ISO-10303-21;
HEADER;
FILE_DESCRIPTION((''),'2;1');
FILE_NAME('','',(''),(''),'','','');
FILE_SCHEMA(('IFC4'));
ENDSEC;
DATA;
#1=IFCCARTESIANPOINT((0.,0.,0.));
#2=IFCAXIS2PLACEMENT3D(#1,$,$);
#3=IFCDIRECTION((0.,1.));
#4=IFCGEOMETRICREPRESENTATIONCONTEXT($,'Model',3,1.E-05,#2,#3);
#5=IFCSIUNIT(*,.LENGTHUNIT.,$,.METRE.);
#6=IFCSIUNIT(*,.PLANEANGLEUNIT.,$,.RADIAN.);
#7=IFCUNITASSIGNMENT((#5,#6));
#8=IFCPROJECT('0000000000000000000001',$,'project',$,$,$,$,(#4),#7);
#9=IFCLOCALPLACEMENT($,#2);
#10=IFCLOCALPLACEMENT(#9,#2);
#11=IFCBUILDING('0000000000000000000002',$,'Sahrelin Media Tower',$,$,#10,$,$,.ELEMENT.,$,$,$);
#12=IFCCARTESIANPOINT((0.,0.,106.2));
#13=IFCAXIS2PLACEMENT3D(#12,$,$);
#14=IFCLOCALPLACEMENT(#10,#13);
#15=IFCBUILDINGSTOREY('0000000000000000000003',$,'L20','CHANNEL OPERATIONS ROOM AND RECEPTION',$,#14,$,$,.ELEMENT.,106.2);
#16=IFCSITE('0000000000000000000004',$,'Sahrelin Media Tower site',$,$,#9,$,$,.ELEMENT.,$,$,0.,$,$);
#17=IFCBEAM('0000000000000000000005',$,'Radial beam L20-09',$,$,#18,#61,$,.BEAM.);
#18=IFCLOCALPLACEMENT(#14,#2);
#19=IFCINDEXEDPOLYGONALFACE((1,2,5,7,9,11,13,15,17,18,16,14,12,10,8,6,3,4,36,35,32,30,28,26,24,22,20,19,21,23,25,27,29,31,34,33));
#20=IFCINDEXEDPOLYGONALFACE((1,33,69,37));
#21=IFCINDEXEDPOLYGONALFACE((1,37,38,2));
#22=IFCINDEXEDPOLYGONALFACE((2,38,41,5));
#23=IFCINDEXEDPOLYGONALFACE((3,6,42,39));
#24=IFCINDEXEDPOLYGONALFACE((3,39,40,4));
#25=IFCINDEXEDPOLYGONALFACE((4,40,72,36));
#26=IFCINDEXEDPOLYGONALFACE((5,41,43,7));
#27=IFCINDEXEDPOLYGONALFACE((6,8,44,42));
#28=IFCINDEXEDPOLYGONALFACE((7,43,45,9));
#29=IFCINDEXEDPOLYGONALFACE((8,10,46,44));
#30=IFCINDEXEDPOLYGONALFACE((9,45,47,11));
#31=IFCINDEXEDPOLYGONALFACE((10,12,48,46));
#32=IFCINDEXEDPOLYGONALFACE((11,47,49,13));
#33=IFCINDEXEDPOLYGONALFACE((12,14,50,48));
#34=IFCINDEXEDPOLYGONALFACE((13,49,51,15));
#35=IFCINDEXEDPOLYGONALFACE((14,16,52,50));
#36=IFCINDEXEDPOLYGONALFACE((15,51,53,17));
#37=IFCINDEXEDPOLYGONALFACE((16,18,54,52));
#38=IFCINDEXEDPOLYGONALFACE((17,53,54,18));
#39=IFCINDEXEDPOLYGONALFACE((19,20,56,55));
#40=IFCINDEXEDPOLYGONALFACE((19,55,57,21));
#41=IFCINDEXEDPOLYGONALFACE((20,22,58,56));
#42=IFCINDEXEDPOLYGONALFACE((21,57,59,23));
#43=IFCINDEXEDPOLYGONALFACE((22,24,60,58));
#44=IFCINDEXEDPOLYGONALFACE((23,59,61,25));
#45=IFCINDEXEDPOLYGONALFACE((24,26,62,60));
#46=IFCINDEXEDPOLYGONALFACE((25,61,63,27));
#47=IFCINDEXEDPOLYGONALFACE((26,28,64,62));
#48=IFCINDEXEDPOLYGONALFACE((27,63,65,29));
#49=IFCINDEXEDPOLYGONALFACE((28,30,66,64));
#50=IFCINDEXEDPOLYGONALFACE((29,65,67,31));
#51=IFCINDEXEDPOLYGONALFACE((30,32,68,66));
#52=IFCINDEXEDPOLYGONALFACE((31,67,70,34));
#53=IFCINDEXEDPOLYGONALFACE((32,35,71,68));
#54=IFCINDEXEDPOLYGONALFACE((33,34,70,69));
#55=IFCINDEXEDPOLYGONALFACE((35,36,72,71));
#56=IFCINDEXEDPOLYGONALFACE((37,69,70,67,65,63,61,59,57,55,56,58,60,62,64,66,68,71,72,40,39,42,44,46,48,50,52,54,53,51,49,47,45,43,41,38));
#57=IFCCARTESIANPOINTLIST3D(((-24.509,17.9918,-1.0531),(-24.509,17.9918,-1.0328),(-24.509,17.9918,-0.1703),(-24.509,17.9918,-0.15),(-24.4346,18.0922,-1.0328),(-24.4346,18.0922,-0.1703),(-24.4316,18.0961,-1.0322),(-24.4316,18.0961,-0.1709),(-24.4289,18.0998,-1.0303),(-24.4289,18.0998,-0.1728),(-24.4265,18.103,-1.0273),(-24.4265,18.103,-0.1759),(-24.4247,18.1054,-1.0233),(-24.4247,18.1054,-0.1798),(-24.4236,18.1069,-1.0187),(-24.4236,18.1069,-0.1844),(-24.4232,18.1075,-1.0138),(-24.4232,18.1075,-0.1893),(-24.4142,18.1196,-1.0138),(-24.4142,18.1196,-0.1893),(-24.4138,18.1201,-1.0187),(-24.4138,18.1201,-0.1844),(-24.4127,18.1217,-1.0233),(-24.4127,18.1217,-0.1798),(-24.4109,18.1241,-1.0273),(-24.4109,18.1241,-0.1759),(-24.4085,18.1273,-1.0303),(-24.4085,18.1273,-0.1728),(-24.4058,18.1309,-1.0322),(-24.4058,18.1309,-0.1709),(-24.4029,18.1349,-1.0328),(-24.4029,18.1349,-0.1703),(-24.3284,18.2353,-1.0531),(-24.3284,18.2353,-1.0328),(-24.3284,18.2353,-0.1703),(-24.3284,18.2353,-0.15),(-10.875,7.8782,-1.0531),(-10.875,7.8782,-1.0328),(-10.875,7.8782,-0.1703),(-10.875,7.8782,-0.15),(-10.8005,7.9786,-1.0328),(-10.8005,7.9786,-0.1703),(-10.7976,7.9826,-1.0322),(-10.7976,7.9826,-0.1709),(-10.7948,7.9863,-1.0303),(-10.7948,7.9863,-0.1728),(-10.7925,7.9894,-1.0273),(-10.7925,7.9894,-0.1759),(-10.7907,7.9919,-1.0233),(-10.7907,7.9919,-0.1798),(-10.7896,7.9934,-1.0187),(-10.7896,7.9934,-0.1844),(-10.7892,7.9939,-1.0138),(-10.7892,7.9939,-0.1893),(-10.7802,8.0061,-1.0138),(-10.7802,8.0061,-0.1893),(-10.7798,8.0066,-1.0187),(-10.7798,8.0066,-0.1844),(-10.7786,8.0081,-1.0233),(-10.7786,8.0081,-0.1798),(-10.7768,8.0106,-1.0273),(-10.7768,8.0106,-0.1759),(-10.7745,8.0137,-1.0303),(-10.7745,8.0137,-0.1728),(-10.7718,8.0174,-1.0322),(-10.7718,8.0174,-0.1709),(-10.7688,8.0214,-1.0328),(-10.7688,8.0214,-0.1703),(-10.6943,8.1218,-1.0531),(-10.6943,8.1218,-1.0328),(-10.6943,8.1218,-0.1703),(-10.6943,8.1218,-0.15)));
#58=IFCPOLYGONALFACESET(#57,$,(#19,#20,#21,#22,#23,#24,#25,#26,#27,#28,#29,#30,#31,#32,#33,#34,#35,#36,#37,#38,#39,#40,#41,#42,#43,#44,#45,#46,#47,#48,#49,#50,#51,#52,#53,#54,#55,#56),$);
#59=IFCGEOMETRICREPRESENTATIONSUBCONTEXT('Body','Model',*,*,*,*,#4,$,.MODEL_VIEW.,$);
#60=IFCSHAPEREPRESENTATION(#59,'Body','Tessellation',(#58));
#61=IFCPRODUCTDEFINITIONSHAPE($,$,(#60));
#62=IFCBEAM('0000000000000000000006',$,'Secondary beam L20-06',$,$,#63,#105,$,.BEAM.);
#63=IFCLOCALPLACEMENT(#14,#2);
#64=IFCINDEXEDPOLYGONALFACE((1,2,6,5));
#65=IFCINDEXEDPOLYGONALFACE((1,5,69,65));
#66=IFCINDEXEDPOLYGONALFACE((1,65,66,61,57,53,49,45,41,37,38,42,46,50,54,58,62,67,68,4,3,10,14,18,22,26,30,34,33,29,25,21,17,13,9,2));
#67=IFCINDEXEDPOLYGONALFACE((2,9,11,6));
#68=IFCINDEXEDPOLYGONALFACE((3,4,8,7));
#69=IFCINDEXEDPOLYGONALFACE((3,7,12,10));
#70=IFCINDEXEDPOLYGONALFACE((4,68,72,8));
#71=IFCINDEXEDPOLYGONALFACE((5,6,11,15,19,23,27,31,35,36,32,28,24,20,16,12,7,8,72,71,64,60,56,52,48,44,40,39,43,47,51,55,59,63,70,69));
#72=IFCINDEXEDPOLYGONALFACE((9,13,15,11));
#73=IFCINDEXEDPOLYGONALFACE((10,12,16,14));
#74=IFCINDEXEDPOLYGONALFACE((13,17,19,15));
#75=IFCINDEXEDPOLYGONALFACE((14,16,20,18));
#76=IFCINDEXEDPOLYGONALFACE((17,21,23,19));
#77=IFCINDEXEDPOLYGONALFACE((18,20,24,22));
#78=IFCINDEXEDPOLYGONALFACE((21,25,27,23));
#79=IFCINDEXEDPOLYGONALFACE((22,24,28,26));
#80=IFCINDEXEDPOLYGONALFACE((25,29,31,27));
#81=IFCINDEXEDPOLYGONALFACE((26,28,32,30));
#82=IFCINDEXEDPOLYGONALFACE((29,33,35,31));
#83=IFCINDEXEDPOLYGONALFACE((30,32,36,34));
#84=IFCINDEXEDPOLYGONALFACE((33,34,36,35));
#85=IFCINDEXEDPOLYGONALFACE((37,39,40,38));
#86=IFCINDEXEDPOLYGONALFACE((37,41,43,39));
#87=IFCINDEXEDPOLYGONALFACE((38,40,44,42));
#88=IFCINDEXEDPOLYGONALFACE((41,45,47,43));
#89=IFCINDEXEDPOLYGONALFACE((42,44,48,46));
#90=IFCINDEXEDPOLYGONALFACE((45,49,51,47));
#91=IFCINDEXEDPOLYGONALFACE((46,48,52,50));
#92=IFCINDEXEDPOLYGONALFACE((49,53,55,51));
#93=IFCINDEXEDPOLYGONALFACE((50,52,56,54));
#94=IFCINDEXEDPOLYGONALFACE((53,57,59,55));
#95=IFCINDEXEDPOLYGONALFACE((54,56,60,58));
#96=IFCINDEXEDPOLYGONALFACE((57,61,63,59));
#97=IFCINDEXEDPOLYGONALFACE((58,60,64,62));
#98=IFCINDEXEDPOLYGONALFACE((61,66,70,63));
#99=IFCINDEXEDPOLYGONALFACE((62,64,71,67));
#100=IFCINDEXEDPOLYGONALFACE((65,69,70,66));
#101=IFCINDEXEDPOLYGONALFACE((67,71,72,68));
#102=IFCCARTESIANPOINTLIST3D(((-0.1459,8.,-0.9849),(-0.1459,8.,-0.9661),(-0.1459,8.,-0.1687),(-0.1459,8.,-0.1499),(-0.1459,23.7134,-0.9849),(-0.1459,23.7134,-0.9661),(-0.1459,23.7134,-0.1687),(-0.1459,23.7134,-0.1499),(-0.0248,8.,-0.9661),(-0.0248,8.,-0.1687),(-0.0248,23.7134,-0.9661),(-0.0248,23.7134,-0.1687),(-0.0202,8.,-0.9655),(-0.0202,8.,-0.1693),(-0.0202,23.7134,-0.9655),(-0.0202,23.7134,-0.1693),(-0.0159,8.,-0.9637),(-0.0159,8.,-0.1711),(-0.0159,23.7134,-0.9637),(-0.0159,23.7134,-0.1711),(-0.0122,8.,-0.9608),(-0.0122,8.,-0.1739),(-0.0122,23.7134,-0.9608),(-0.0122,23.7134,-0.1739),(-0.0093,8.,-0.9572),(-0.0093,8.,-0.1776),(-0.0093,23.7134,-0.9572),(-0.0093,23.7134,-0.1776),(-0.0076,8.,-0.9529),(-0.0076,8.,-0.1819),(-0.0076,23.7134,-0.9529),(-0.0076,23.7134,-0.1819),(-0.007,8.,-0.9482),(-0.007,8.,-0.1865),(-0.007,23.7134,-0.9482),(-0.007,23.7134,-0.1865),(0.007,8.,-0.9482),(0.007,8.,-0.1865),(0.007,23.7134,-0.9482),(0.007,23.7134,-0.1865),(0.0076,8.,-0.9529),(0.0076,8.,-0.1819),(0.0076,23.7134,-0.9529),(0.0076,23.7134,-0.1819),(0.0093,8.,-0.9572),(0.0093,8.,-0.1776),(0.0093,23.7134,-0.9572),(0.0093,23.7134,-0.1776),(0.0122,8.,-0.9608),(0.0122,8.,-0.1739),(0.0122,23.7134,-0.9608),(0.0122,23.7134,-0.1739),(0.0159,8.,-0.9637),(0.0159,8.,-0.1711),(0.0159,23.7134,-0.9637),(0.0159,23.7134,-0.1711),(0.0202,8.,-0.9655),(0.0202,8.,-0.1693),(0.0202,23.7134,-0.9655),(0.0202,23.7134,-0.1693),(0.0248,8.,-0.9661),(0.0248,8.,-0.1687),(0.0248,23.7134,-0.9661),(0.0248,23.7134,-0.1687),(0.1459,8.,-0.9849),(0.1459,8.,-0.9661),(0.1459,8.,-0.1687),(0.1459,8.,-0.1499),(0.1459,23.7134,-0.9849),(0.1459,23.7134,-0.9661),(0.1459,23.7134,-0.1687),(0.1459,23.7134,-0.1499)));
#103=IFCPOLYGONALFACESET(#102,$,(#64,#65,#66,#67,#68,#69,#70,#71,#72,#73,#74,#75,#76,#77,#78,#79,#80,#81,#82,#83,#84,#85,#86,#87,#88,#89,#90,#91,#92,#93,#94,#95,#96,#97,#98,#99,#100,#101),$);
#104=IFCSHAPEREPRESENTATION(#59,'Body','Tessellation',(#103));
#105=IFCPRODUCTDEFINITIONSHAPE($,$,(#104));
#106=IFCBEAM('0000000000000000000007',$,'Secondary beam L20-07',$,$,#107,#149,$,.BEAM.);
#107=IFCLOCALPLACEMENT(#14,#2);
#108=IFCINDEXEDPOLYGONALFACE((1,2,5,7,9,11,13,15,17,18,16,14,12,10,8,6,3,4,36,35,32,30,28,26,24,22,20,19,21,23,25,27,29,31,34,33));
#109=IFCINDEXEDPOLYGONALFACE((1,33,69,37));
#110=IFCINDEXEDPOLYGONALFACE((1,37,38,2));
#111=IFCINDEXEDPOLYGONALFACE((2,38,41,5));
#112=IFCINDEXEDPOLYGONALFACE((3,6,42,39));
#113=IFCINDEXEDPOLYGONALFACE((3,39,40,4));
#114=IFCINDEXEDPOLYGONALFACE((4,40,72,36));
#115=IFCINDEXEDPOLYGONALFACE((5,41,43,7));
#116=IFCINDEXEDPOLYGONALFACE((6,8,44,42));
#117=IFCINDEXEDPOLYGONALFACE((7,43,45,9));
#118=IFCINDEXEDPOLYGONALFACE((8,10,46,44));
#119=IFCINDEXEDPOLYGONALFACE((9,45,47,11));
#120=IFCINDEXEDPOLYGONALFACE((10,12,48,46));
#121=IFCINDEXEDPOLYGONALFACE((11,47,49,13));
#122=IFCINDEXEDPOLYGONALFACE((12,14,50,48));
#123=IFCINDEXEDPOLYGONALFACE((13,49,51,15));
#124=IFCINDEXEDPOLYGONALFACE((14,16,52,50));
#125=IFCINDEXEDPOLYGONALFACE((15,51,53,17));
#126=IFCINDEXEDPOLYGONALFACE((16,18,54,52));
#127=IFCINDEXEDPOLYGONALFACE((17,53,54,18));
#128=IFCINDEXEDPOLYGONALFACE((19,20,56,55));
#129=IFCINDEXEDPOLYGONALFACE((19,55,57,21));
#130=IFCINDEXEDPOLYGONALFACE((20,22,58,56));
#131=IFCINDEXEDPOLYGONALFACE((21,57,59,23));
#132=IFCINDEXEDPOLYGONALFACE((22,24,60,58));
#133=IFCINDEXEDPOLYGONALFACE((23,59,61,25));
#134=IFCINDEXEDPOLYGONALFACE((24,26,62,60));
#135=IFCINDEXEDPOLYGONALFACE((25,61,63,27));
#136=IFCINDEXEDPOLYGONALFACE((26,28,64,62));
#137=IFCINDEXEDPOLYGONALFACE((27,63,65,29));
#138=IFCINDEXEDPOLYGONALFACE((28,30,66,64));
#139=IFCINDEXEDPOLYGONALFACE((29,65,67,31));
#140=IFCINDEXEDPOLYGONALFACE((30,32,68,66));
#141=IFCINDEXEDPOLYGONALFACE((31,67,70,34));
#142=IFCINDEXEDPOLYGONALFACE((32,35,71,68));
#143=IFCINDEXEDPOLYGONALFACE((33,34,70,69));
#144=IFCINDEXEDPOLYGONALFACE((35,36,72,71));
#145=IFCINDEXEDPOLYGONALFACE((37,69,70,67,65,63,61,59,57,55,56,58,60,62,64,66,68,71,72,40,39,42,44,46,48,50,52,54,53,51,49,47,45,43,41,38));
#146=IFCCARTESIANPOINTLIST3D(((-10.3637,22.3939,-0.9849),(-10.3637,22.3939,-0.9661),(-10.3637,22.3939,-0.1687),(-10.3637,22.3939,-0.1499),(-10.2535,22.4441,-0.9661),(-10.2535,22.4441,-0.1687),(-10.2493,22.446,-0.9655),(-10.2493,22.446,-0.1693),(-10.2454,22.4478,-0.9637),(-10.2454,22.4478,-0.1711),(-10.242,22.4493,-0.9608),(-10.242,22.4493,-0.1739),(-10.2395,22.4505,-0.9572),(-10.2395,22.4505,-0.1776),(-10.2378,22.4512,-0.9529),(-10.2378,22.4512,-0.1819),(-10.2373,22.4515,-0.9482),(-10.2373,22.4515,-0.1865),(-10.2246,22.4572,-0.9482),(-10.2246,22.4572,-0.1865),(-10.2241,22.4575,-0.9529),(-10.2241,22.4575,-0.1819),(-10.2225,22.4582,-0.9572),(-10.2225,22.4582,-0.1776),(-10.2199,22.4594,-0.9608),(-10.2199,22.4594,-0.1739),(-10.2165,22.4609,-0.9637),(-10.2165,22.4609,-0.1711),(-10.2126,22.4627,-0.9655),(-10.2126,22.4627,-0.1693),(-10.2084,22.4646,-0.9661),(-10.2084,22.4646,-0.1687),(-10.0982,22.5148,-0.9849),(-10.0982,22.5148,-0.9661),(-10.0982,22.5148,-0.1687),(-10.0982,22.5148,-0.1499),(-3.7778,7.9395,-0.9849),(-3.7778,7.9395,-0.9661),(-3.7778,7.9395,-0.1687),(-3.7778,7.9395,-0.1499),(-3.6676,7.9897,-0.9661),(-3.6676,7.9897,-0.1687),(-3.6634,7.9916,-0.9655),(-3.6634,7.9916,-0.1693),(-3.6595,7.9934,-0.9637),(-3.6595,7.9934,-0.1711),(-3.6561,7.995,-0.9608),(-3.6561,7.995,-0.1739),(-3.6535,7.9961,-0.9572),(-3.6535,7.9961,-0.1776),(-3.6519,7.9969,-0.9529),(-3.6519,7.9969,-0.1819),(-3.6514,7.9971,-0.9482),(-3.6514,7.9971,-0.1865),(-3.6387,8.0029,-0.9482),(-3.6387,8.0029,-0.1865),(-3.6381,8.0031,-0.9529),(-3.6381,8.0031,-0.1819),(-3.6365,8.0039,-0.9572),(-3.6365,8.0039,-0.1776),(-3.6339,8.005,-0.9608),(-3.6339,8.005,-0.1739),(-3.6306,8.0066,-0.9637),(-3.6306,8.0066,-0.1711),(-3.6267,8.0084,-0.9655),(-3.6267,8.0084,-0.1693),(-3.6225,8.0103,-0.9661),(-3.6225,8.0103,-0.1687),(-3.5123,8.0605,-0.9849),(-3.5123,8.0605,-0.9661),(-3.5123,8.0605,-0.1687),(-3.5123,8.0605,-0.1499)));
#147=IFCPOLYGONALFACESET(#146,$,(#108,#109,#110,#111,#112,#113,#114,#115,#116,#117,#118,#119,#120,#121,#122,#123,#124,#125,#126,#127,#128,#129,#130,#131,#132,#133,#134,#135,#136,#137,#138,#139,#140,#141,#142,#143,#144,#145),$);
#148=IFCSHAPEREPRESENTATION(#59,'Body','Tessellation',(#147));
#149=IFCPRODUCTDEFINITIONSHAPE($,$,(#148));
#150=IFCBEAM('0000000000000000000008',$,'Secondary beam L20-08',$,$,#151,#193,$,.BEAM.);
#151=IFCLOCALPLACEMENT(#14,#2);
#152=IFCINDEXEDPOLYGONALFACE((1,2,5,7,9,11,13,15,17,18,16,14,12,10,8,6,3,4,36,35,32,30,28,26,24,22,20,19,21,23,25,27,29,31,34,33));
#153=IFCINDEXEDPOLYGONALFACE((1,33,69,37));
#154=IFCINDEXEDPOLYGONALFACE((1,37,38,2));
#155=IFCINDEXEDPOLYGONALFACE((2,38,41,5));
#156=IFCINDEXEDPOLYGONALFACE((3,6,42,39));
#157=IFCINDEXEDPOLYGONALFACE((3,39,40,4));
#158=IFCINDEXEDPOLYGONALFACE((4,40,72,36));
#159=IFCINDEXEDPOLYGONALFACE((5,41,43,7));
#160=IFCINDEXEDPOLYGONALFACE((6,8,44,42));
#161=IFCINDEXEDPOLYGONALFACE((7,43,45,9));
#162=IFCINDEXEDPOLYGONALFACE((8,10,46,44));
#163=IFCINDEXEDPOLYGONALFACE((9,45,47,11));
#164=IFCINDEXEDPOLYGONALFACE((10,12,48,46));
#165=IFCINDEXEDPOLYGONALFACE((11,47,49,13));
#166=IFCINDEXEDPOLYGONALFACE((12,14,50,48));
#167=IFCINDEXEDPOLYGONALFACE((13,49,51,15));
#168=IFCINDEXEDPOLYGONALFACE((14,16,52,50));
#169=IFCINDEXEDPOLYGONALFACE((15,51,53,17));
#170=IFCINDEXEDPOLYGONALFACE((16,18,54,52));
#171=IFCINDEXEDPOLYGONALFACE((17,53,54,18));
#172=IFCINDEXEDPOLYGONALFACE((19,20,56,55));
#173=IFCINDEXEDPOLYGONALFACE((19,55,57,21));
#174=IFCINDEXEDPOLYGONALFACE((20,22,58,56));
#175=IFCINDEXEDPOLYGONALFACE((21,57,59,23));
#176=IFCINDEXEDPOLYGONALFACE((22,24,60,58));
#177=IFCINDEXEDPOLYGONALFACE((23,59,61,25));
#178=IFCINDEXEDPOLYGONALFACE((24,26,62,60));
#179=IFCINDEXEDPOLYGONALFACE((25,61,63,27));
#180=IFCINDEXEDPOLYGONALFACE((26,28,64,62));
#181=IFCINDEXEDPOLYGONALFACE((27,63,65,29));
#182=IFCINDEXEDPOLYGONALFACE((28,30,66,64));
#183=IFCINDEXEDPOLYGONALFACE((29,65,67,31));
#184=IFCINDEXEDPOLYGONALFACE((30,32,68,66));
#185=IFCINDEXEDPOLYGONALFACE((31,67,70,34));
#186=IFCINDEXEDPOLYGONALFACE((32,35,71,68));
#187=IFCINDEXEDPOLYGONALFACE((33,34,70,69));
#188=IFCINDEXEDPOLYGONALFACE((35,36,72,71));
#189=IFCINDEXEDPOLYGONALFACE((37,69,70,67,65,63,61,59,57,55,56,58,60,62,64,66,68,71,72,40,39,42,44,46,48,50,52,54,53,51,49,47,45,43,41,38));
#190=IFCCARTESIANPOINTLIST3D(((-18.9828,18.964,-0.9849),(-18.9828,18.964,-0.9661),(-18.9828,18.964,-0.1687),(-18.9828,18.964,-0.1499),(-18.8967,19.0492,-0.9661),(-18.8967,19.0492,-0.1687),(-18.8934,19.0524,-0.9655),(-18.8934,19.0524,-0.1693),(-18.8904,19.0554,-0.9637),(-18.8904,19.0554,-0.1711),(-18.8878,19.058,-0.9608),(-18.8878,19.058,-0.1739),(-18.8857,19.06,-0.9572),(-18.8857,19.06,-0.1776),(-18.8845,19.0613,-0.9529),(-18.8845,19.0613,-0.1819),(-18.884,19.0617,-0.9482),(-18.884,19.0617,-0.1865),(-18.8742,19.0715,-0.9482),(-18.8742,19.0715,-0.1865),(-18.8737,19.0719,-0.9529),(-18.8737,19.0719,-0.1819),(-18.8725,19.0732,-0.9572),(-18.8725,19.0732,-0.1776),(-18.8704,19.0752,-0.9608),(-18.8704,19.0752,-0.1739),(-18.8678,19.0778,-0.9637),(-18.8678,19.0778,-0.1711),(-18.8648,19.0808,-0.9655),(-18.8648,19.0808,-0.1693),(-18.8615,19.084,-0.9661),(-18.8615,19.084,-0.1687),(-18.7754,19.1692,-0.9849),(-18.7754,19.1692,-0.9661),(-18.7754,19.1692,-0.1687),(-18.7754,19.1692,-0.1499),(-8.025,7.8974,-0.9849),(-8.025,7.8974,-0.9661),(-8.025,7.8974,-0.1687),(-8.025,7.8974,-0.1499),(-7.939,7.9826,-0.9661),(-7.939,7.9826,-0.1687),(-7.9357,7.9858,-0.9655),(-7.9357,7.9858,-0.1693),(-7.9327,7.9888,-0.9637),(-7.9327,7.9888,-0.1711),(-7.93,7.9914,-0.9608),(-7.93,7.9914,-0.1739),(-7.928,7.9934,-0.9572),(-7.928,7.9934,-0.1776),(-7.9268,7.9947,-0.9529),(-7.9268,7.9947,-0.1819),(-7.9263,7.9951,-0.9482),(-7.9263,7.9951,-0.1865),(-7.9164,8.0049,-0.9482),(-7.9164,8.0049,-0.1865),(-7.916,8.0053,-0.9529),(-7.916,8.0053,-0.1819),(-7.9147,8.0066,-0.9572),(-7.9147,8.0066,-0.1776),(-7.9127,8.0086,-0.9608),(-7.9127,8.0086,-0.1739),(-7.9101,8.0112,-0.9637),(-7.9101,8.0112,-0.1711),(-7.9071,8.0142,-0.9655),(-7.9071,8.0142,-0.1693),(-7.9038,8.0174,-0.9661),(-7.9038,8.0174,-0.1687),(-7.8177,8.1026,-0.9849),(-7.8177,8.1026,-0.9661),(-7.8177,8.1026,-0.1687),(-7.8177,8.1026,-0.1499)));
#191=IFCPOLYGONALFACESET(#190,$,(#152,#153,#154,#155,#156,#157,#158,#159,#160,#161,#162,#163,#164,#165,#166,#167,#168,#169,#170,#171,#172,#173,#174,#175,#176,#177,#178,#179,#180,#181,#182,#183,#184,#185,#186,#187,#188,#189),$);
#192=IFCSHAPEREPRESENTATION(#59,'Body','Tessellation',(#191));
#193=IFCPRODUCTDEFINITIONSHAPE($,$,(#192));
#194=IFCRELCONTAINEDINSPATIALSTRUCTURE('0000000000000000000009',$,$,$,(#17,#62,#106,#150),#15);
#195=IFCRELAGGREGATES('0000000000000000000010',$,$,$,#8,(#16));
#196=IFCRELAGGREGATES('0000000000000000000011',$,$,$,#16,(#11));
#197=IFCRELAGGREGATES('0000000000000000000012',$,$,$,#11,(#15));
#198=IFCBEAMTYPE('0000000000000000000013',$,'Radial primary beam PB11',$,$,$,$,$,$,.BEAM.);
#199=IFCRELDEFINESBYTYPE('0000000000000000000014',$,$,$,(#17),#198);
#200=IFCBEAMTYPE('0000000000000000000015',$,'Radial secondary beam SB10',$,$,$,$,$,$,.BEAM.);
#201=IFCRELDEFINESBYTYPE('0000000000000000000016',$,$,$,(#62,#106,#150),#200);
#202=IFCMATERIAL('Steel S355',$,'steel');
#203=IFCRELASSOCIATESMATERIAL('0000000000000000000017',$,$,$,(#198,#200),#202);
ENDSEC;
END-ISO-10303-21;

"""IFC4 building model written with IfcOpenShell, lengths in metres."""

from ifc_helpers import new_model, si_unit, direction, frame, origin, origin_2d, place, context, subcontext, project, spatial, i_section, extrude, material, material_profile, profile_set, type_object, element, save


model = new_model("IFC4")

# Units and contexts
model_context = context("Model", 3, precision=1e-05, world=origin(), true_north=direction((0.0, 1.0)))
body_context = subcontext(model_context, "Body", "Model", "MODEL_VIEW")
ifc_project = project(units=[si_unit("LENGTHUNIT", "METRE"), si_unit("PLANEANGLEUNIT", "RADIAN")], contexts=[model_context])

# Site, building, storey
site_placement = place(None, origin())
site = spatial("IfcSite", under=ifc_project, at=site_placement, Name="Sahrelin Media Tower site", CompositionType="ELEMENT", RefElevation=0.0)
building_placement = place(site_placement, origin())
building = spatial("IfcBuilding", under=site, at=building_placement, Name="Sahrelin Media Tower", CompositionType="ELEMENT")
storey_placement = place(building_placement, frame((0.0, 0.0, 106.2)))
storey = spatial("IfcBuildingStorey", under=building, at=storey_placement, Name="L20", Description="CHANNEL OPERATIONS ROOM AND RECEPTION", CompositionType="ELEMENT", Elevation=106.2)

# Shared definitions
ifc_material_1 = material(Name="Steel S355", Category="steel")

# Beams
ifc_material_profile_1 = material_profile(ifc_material_1, i_section(OverallWidth=0.3032, OverallDepth=0.9031, WebThickness=0.0151, FlangeThickness=0.0203, FilletRadius=0.019, at=origin_2d()), Name="UB 914x305x201")
ifc_profile_set_1 = profile_set([ifc_material_profile_1], Name="Steel S355")
beam_type_1 = type_object("IfcBeamType", Name="Radial primary beam PB11", PredefinedType="BEAM", material=ifc_profile_set_1)
beam_1_placement = place(storey_placement, frame((-10.7847, 8.0, -0.6016), z_axis=(-0.803156, 0.595769, 0.0), x_axis=(-0.595769, -0.803156, 0.0)))
element("IfcBeam", 1, at=beam_1_placement, inside=storey, type_object=beam_type_1, Name="Radial beam L20-09", PredefinedType="BEAM", context=body_context, shape_type="SweptSolid", body=[
    extrude(i_section(OverallWidth=0.3032, OverallDepth=0.9031, WebThickness=0.0151, FlangeThickness=0.0203, FilletRadius=0.019, at=origin_2d()), origin(), (0.0, 0.0, 1.0), 16.9756),
])
ifc_material_profile_2 = material_profile(ifc_material_1, i_section(OverallWidth=0.2917, OverallDepth=0.835, WebThickness=0.0139, FlangeThickness=0.0188, FilletRadius=0.0178, at=origin_2d()), Name="UB 838x292x176")
ifc_profile_set_2 = profile_set([ifc_material_profile_2], Name="Steel S355")
beam_type_2 = type_object("IfcBeamType", Name="Radial secondary beam SB10", PredefinedType="BEAM", material=ifc_profile_set_2)
beam_2_placement = place(storey_placement, frame((0.0, 8.0, -0.5674), z_axis=(0.0, 1.0, 0.0), x_axis=(-1.0, 0.0, 0.0)))
element("IfcBeam", 2, at=beam_2_placement, inside=storey, type_object=beam_type_2, Name="Secondary beam L20-06", PredefinedType="BEAM", context=body_context, shape_type="SweptSolid", body=[
    extrude(i_section(OverallWidth=0.2917, OverallDepth=0.835, WebThickness=0.0139, FlangeThickness=0.0188, FilletRadius=0.0178, at=origin_2d()), origin(), (0.0, 0.0, 1.0), 15.7134),
])
beam_3_placement = place(storey_placement, frame((-3.645, 8.0, -0.5674), z_axis=(-0.414626, 0.909992, 0.0), x_axis=(-0.909992, -0.414626, 0.0)))
element("IfcBeam", 3, at=beam_3_placement, inside=storey, type_object=beam_type_2, Name="Secondary beam L20-07", PredefinedType="BEAM", context=body_context, shape_type="SweptSolid", body=[
    extrude(i_section(OverallWidth=0.2917, OverallDepth=0.835, WebThickness=0.0139, FlangeThickness=0.0188, FilletRadius=0.0178, at=origin_2d()), origin(), (0.0, 0.0, 1.0), 15.884),
])
beam_4_placement = place(storey_placement, frame((-7.9214, 8.0, -0.5674), z_axis=(-0.703602, 0.710594, 0.0), x_axis=(-0.710594, -0.703602, 0.0)))
element("IfcBeam", 4, at=beam_4_placement, inside=storey, type_object=beam_type_2, Name="Secondary beam L20-08", PredefinedType="BEAM", context=body_context, shape_type="SweptSolid", body=[
    extrude(i_section(OverallWidth=0.2917, OverallDepth=0.835, WebThickness=0.0139, FlangeThickness=0.0188, FilletRadius=0.0178, at=origin_2d()), origin(), (0.0, 0.0, 1.0), 15.5737),
])

save(model, "model.ifc")
